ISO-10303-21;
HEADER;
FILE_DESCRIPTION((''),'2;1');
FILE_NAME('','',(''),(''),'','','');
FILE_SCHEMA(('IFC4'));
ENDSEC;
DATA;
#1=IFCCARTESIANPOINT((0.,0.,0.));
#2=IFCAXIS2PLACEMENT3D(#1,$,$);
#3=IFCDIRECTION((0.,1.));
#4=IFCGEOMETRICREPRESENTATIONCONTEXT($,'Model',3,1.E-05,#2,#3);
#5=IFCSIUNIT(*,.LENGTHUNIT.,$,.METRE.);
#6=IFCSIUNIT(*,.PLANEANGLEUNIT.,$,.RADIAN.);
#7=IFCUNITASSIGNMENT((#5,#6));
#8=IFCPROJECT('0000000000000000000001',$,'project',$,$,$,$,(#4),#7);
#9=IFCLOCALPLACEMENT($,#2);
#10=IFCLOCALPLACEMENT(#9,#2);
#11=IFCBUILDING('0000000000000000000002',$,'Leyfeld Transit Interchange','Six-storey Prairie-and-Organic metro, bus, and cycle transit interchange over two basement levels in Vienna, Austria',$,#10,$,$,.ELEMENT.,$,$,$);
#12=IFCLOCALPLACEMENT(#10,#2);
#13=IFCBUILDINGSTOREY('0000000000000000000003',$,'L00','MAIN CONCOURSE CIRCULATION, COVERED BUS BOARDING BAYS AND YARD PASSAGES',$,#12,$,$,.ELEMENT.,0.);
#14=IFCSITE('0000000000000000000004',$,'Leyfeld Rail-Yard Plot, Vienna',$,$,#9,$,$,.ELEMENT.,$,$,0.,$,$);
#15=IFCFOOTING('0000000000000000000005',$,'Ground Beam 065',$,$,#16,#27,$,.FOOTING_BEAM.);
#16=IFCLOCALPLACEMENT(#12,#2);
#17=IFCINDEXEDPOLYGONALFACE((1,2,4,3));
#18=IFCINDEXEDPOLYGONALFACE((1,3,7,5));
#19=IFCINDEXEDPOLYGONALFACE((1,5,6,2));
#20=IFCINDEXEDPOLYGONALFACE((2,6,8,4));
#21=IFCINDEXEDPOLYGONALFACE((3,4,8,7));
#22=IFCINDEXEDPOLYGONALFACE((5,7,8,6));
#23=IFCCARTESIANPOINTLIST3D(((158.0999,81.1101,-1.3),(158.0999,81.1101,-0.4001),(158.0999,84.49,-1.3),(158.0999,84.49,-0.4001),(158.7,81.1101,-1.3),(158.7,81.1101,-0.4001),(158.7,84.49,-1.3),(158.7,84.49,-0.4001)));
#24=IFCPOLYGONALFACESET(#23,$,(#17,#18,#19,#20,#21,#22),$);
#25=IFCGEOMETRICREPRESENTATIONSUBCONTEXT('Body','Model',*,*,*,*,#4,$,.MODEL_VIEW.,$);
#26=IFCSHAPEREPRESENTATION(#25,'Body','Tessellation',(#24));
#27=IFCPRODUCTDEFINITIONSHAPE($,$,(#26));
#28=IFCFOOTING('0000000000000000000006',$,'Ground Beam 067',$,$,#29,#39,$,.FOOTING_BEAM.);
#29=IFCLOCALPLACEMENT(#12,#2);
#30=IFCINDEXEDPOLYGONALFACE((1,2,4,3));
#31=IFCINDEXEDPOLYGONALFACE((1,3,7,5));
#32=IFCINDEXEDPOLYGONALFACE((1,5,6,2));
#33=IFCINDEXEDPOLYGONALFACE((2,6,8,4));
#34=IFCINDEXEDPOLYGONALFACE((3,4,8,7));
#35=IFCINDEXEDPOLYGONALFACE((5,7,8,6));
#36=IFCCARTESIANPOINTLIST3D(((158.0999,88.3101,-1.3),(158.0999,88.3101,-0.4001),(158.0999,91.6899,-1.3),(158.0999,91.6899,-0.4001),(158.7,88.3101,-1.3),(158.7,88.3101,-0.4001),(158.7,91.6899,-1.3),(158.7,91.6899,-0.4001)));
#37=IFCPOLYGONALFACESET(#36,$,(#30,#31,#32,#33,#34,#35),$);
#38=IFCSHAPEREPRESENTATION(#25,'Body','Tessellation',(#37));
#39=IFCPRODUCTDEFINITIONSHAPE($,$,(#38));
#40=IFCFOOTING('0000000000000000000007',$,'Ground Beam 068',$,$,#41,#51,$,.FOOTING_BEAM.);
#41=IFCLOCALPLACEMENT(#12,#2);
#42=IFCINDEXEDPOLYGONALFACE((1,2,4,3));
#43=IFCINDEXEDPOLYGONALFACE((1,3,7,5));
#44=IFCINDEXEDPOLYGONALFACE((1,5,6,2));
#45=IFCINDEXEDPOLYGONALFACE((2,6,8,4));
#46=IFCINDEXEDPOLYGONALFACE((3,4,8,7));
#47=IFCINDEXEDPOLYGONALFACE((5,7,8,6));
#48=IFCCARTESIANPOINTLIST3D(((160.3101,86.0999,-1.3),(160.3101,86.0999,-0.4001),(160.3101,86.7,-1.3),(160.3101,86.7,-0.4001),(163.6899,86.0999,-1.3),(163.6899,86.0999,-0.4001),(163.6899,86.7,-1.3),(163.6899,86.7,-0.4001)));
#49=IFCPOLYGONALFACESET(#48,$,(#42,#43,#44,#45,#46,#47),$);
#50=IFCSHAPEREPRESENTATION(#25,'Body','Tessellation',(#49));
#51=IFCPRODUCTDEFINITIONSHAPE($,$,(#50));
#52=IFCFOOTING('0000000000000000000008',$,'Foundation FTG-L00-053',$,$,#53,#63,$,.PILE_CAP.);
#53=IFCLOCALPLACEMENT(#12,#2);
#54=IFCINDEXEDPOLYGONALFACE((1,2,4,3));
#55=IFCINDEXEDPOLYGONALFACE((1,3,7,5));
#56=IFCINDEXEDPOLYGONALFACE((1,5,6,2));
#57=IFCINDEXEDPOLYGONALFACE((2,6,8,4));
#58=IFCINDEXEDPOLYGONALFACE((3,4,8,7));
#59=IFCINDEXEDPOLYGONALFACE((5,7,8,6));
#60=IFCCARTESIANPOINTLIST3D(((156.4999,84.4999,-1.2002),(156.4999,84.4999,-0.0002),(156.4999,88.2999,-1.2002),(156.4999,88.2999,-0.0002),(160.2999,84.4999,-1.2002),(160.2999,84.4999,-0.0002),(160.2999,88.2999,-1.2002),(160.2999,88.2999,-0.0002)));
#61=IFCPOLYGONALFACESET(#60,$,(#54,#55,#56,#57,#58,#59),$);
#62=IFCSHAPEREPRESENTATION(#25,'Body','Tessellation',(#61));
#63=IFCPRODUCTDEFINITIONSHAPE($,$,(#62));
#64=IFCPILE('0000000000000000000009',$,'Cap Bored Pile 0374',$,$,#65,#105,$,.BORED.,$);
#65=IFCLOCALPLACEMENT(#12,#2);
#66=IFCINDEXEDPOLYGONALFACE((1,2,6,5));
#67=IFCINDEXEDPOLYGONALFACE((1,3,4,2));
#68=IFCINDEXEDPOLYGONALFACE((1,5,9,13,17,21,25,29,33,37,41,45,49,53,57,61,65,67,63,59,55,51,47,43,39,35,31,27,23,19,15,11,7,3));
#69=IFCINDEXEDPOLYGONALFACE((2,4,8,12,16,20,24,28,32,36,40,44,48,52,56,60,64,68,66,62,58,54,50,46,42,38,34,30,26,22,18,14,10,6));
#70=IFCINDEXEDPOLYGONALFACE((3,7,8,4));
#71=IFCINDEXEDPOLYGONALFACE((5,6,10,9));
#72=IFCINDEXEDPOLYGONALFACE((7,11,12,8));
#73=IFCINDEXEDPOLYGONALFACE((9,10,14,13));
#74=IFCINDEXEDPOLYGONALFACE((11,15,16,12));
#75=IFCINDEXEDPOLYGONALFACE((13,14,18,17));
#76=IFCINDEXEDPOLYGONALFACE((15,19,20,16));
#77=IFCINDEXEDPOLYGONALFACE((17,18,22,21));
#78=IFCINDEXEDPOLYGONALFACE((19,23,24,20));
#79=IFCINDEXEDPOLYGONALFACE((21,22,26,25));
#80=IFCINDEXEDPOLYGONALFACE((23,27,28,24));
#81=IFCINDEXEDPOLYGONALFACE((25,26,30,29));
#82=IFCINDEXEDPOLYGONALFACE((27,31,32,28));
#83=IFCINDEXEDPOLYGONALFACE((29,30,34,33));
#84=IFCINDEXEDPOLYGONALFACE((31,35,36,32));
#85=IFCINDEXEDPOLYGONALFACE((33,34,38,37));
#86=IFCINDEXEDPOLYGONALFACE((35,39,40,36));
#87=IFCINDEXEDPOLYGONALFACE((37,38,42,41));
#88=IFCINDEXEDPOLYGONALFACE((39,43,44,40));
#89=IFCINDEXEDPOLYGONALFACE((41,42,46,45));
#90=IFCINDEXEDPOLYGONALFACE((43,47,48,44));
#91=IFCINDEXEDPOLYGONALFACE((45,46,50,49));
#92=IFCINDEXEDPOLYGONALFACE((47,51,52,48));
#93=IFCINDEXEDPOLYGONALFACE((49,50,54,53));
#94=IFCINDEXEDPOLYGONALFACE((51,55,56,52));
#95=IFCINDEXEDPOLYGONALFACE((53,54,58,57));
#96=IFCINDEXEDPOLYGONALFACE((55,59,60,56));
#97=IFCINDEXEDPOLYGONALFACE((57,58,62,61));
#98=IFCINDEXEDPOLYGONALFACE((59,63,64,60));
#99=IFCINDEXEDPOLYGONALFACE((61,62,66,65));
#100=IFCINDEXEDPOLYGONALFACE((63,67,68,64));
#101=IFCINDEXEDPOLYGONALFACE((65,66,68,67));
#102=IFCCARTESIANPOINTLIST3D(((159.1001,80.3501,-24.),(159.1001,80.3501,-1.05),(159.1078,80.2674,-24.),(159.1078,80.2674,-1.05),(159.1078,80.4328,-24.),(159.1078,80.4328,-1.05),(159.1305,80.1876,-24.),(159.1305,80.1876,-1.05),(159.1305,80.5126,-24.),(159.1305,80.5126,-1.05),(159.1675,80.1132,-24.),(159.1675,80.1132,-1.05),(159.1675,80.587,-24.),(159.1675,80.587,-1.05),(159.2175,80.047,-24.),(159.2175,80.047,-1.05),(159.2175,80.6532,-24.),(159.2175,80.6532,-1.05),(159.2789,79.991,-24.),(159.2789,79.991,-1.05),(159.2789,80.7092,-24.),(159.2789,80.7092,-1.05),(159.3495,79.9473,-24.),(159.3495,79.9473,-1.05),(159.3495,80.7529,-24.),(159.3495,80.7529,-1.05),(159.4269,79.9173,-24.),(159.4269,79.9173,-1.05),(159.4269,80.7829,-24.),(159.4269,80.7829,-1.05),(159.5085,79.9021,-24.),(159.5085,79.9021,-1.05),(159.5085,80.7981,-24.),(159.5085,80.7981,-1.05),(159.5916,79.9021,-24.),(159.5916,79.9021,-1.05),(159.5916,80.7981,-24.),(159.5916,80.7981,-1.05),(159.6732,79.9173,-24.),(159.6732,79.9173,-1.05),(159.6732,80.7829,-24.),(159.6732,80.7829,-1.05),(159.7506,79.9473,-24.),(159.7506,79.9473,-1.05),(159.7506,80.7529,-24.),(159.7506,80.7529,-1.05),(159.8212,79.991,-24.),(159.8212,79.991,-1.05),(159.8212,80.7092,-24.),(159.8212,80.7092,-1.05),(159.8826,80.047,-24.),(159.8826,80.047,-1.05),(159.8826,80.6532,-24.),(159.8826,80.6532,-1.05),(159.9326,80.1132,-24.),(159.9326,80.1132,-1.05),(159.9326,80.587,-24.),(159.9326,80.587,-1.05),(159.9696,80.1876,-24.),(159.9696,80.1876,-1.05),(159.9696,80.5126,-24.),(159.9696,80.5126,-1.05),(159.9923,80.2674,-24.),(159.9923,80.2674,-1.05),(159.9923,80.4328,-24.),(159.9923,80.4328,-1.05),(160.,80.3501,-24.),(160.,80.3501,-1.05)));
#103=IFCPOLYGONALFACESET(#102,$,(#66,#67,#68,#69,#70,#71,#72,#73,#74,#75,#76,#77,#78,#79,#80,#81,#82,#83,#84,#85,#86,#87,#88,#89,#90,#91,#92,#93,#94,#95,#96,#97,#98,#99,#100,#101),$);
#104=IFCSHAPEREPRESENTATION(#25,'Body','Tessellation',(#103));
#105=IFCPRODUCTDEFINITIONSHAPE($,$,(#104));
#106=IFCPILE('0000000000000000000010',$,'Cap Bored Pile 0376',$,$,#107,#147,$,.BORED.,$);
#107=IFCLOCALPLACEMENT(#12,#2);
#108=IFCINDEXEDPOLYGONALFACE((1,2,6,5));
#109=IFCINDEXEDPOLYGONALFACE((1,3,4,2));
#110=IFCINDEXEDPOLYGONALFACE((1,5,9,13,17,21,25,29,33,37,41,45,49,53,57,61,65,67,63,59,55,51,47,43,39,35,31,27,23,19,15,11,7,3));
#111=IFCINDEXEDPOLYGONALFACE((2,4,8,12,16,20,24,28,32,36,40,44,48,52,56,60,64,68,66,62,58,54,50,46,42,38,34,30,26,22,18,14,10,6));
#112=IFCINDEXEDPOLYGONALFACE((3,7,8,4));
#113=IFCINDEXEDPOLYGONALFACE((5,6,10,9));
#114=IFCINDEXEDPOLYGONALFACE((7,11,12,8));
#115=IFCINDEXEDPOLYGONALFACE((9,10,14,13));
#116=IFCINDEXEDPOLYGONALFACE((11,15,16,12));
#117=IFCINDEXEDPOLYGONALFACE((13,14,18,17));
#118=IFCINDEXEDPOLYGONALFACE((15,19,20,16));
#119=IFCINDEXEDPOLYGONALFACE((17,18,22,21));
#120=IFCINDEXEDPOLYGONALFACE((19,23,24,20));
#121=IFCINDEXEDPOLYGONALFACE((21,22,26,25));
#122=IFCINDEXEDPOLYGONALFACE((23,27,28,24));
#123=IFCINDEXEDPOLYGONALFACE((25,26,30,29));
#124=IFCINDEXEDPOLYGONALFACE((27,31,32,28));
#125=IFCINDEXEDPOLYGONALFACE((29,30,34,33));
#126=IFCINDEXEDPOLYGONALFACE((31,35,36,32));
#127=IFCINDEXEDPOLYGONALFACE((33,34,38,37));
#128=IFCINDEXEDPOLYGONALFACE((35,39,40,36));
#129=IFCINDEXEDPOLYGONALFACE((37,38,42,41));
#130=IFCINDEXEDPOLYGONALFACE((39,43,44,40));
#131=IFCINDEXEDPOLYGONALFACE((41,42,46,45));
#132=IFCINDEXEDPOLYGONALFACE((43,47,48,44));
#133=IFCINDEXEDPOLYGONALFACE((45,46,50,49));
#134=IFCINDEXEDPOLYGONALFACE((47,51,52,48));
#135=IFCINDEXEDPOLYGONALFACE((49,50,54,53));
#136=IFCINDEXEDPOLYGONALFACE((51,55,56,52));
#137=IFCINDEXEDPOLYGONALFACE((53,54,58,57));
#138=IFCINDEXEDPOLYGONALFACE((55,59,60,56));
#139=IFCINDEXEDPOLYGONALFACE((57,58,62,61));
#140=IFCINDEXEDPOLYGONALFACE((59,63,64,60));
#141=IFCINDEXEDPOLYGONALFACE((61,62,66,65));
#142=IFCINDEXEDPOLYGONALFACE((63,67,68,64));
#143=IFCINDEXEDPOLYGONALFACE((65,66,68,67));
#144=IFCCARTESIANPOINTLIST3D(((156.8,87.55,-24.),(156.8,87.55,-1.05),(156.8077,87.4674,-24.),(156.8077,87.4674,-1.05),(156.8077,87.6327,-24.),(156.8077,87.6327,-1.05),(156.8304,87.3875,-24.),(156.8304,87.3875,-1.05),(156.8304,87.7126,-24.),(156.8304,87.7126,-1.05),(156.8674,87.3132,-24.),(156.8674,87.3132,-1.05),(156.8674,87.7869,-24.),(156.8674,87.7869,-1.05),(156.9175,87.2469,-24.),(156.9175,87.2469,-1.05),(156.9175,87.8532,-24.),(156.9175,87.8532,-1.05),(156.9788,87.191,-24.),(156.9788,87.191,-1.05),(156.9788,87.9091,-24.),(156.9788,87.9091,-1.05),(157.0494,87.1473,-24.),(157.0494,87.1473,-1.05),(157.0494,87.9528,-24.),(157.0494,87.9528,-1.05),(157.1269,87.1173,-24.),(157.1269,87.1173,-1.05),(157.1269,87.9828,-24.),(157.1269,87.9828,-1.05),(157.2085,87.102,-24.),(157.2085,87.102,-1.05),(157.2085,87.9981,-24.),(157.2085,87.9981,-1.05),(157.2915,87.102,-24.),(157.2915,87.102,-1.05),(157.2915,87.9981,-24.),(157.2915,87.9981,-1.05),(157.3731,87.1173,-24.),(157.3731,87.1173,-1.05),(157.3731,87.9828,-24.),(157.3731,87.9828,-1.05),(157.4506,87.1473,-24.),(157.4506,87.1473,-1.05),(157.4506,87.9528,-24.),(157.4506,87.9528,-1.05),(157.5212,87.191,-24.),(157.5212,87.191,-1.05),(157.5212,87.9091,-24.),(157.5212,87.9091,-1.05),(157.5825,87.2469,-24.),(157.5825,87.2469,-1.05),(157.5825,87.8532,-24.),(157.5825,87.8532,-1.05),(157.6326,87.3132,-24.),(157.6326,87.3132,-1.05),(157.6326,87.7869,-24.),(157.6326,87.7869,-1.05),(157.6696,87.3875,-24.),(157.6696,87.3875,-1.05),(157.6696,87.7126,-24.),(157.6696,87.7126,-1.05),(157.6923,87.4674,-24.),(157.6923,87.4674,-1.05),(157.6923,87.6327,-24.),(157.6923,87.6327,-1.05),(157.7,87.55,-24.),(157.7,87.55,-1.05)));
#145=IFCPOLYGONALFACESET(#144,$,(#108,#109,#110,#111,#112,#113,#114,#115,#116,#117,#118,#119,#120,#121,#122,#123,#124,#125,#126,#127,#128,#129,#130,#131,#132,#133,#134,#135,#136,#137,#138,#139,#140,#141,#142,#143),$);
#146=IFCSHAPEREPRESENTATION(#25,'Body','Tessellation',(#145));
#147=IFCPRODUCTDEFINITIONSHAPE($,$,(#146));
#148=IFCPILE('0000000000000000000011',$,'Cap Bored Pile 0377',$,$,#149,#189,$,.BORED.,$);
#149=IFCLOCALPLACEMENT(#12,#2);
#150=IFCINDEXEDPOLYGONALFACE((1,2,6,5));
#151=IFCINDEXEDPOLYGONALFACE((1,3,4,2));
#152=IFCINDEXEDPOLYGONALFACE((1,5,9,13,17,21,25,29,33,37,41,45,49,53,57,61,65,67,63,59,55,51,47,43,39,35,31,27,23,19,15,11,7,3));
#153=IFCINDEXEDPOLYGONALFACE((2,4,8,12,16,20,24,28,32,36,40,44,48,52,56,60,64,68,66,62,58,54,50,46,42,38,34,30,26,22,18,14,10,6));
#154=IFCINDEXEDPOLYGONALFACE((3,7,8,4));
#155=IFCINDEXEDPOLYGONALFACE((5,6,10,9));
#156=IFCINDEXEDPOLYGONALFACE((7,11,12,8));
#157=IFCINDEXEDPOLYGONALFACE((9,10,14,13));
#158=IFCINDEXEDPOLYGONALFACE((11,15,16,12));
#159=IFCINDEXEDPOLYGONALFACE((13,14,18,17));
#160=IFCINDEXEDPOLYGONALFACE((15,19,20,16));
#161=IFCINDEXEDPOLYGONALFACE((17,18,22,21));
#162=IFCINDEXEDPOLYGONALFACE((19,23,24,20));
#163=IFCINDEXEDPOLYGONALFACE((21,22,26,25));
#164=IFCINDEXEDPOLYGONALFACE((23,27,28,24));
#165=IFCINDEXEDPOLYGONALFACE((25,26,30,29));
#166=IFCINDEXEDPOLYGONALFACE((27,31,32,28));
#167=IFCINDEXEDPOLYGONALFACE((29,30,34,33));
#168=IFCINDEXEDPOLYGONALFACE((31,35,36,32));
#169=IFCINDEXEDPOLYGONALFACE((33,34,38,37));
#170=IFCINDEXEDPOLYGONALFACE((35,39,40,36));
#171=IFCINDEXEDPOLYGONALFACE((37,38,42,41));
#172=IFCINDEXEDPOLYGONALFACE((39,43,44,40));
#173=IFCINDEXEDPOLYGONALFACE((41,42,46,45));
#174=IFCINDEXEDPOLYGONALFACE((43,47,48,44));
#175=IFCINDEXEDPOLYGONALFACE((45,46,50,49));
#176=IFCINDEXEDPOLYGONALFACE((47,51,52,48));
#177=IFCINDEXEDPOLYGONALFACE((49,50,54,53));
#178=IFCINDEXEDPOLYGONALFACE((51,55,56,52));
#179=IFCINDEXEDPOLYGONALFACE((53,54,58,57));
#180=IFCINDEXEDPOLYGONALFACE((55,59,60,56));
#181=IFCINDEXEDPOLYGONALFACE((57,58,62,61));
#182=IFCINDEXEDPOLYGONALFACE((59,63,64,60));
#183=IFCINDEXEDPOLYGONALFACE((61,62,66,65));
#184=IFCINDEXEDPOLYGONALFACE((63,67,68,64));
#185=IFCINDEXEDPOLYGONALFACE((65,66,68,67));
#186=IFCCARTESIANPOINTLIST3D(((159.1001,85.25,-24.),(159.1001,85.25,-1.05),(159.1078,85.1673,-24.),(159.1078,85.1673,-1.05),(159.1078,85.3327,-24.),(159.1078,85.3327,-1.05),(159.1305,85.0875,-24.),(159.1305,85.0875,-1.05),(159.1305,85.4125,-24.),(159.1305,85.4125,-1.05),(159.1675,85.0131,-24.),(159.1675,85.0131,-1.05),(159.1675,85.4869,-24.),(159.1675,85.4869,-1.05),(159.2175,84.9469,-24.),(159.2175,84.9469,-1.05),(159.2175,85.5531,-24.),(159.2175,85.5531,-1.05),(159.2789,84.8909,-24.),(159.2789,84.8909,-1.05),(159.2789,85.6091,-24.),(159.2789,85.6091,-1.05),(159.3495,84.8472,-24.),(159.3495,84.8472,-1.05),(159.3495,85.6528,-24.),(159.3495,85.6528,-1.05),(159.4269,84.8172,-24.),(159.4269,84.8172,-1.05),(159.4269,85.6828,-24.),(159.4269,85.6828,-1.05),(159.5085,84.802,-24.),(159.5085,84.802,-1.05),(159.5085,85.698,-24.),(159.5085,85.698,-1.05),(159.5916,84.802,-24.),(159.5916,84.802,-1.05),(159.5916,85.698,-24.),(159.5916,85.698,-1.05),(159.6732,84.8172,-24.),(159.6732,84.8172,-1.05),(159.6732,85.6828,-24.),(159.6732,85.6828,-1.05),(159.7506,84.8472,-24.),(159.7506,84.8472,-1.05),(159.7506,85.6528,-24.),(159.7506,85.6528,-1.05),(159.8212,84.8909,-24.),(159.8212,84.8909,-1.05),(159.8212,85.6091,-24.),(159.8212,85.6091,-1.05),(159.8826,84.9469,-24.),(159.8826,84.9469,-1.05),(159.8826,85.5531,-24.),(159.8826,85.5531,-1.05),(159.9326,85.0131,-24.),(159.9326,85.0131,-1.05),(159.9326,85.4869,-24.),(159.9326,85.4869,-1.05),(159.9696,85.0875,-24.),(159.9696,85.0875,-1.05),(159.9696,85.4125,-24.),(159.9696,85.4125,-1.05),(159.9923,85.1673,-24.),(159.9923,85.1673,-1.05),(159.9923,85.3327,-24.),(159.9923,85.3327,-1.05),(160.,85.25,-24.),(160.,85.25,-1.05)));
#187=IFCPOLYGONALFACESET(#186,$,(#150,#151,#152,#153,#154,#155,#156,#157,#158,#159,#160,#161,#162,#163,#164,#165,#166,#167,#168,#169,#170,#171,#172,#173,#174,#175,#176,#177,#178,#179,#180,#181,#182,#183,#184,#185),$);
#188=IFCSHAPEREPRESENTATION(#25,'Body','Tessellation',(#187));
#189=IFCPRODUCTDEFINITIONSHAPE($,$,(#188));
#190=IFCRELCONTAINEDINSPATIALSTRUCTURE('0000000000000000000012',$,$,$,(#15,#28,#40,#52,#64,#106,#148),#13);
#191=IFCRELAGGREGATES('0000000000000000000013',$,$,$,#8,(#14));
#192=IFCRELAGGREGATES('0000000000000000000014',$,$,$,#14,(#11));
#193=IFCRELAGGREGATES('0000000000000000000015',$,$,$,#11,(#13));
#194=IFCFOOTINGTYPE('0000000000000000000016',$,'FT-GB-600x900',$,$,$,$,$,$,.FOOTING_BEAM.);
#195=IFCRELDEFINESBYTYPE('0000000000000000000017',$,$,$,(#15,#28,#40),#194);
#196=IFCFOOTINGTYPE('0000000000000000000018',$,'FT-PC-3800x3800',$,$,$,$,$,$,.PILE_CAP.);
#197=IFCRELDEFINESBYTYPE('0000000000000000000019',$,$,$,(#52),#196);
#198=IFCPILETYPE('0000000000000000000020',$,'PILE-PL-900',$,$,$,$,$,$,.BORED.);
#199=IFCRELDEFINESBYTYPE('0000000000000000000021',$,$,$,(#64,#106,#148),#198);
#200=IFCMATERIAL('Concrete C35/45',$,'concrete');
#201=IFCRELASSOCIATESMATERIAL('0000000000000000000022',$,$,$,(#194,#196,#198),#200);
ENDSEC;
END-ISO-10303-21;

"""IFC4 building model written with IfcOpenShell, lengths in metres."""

from ifc_helpers import new_model, si_unit, direction, frame, origin, origin_2d, place, context, subcontext, project, spatial, rectangle, circle, extrude, material, material_profile, profile_set, type_object, element, save


model = new_model("IFC4")

# Units and contexts
model_context = context("Model", 3, precision=1e-05, world=origin(), true_north=direction((0.0, 1.0)))
body_context = subcontext(model_context, "Body", "Model", "MODEL_VIEW")
ifc_project = project(units=[si_unit("LENGTHUNIT", "METRE"), si_unit("PLANEANGLEUNIT", "RADIAN")], contexts=[model_context])

# Site, building, storey
site_placement = place(None, origin())
site = spatial("IfcSite", under=ifc_project, at=site_placement, Name="Leyfeld Rail-Yard Plot, Vienna", CompositionType="ELEMENT", RefElevation=0.0)
building_placement = place(site_placement, origin())
building = spatial("IfcBuilding", under=site, at=building_placement, Name="Leyfeld Transit Interchange", Description="Six-storey Prairie-and-Organic metro, bus, and cycle transit interchange over two basement levels in Vienna, Austria", CompositionType="ELEMENT")
storey_placement = place(building_placement, origin())
storey = spatial("IfcBuildingStorey", under=building, at=storey_placement, Name="L00", Description="MAIN CONCOURSE CIRCULATION, COVERED BUS BOARDING BAYS AND YARD PASSAGES", CompositionType="ELEMENT", Elevation=0.0)

# Footings
ifc_material_1 = material(Name="Concrete C35/45", Category="concrete")
footing_type_1 = type_object("IfcFootingType", Name="FT-GB-600x900", PredefinedType="FOOTING_BEAM", material=ifc_material_1)
for number, where, z_axis, x_axis, name in (
    (1, (158.3999, 82.8, -1.3), (0.0, 0.0, 1.0), (1.0, 0.0, 0.0), "Ground Beam 065"),
    (2, (158.3999, 90.0, -1.3), (0.0, 0.0, 1.0), (1.0, 0.0, 0.0), "Ground Beam 067"),
):
    element("IfcFooting", number, at=place(storey_placement, frame(where, z_axis=z_axis, x_axis=x_axis)), inside=storey, type_object=footing_type_1, Name=name, PredefinedType="FOOTING_BEAM", context=body_context, shape_type="SweptSolid", body=[
        extrude(rectangle(XDim=0.6001, YDim=3.3799, at=origin_2d()), origin(), (0.0, 0.0, 1.0), 0.8999),
    ])
footing_1_placement = place(storey_placement, frame((162.0, 86.3999, -1.3), z_axis=(0.0, 0.0, 1.0), x_axis=(1.0, 0.0, 0.0)))
element("IfcFooting", 3, at=footing_1_placement, inside=storey, type_object=footing_type_1, Name="Ground Beam 068", PredefinedType="FOOTING_BEAM", context=body_context, shape_type="SweptSolid", body=[
    extrude(rectangle(XDim=3.3799, YDim=0.6001, at=origin_2d()), origin(), (0.0, 0.0, 1.0), 0.8999),
])
footing_type_2 = type_object("IfcFootingType", Name="FT-PC-3800x3800", PredefinedType="PILE_CAP", material=ifc_material_1)
footing_2_placement = place(storey_placement, frame((158.3999, 86.3999, -1.2002), z_axis=(0.0, 0.0, 1.0), x_axis=(1.0, 0.0, 0.0)))
element("IfcFooting", 4, at=footing_2_placement, inside=storey, type_object=footing_type_2, Name="Foundation FTG-L00-053", PredefinedType="PILE_CAP", context=body_context, shape_type="SweptSolid", body=[
    extrude(rectangle(XDim=3.8, YDim=3.8, at=origin_2d()), origin(), (0.0, 0.0, 1.0), 1.2),
])

# Piles
ifc_material_profile_1 = material_profile(ifc_material_1, circle(Radius=0.45, at=origin_2d()), Name="PILE D900")
ifc_profile_set_1 = profile_set([ifc_material_profile_1], Name="Concrete C35/45")
pile_type = type_object("IfcPileType", Name="PILE-PL-900", PredefinedType="BORED", material=ifc_profile_set_1)
for number, where, z_axis, x_axis, name in (
    (5, (159.55, 80.3501, -1.05), (0.0, 0.0, -1.0), (1.0, 0.0, 0.0), "Cap Bored Pile 0374"),
    (6, (157.25, 87.55, -1.05), (0.0, 0.0, -1.0), (1.0, 0.0, 0.0), "Cap Bored Pile 0376"),
    (7, (159.55, 85.25, -1.05), (0.0, 0.0, -1.0), (1.0, 0.0, 0.0), "Cap Bored Pile 0377"),
):
    element("IfcPile", number, at=place(storey_placement, frame(where, z_axis=z_axis, x_axis=x_axis)), inside=storey, type_object=pile_type, Name=name, PredefinedType="BORED", context=body_context, shape_type="SweptSolid", body=[
        extrude(circle(Radius=0.45, at=origin_2d()), origin(), (0.0, 0.0, 1.0), 22.95),
    ])

save(model, "model.ifc")
